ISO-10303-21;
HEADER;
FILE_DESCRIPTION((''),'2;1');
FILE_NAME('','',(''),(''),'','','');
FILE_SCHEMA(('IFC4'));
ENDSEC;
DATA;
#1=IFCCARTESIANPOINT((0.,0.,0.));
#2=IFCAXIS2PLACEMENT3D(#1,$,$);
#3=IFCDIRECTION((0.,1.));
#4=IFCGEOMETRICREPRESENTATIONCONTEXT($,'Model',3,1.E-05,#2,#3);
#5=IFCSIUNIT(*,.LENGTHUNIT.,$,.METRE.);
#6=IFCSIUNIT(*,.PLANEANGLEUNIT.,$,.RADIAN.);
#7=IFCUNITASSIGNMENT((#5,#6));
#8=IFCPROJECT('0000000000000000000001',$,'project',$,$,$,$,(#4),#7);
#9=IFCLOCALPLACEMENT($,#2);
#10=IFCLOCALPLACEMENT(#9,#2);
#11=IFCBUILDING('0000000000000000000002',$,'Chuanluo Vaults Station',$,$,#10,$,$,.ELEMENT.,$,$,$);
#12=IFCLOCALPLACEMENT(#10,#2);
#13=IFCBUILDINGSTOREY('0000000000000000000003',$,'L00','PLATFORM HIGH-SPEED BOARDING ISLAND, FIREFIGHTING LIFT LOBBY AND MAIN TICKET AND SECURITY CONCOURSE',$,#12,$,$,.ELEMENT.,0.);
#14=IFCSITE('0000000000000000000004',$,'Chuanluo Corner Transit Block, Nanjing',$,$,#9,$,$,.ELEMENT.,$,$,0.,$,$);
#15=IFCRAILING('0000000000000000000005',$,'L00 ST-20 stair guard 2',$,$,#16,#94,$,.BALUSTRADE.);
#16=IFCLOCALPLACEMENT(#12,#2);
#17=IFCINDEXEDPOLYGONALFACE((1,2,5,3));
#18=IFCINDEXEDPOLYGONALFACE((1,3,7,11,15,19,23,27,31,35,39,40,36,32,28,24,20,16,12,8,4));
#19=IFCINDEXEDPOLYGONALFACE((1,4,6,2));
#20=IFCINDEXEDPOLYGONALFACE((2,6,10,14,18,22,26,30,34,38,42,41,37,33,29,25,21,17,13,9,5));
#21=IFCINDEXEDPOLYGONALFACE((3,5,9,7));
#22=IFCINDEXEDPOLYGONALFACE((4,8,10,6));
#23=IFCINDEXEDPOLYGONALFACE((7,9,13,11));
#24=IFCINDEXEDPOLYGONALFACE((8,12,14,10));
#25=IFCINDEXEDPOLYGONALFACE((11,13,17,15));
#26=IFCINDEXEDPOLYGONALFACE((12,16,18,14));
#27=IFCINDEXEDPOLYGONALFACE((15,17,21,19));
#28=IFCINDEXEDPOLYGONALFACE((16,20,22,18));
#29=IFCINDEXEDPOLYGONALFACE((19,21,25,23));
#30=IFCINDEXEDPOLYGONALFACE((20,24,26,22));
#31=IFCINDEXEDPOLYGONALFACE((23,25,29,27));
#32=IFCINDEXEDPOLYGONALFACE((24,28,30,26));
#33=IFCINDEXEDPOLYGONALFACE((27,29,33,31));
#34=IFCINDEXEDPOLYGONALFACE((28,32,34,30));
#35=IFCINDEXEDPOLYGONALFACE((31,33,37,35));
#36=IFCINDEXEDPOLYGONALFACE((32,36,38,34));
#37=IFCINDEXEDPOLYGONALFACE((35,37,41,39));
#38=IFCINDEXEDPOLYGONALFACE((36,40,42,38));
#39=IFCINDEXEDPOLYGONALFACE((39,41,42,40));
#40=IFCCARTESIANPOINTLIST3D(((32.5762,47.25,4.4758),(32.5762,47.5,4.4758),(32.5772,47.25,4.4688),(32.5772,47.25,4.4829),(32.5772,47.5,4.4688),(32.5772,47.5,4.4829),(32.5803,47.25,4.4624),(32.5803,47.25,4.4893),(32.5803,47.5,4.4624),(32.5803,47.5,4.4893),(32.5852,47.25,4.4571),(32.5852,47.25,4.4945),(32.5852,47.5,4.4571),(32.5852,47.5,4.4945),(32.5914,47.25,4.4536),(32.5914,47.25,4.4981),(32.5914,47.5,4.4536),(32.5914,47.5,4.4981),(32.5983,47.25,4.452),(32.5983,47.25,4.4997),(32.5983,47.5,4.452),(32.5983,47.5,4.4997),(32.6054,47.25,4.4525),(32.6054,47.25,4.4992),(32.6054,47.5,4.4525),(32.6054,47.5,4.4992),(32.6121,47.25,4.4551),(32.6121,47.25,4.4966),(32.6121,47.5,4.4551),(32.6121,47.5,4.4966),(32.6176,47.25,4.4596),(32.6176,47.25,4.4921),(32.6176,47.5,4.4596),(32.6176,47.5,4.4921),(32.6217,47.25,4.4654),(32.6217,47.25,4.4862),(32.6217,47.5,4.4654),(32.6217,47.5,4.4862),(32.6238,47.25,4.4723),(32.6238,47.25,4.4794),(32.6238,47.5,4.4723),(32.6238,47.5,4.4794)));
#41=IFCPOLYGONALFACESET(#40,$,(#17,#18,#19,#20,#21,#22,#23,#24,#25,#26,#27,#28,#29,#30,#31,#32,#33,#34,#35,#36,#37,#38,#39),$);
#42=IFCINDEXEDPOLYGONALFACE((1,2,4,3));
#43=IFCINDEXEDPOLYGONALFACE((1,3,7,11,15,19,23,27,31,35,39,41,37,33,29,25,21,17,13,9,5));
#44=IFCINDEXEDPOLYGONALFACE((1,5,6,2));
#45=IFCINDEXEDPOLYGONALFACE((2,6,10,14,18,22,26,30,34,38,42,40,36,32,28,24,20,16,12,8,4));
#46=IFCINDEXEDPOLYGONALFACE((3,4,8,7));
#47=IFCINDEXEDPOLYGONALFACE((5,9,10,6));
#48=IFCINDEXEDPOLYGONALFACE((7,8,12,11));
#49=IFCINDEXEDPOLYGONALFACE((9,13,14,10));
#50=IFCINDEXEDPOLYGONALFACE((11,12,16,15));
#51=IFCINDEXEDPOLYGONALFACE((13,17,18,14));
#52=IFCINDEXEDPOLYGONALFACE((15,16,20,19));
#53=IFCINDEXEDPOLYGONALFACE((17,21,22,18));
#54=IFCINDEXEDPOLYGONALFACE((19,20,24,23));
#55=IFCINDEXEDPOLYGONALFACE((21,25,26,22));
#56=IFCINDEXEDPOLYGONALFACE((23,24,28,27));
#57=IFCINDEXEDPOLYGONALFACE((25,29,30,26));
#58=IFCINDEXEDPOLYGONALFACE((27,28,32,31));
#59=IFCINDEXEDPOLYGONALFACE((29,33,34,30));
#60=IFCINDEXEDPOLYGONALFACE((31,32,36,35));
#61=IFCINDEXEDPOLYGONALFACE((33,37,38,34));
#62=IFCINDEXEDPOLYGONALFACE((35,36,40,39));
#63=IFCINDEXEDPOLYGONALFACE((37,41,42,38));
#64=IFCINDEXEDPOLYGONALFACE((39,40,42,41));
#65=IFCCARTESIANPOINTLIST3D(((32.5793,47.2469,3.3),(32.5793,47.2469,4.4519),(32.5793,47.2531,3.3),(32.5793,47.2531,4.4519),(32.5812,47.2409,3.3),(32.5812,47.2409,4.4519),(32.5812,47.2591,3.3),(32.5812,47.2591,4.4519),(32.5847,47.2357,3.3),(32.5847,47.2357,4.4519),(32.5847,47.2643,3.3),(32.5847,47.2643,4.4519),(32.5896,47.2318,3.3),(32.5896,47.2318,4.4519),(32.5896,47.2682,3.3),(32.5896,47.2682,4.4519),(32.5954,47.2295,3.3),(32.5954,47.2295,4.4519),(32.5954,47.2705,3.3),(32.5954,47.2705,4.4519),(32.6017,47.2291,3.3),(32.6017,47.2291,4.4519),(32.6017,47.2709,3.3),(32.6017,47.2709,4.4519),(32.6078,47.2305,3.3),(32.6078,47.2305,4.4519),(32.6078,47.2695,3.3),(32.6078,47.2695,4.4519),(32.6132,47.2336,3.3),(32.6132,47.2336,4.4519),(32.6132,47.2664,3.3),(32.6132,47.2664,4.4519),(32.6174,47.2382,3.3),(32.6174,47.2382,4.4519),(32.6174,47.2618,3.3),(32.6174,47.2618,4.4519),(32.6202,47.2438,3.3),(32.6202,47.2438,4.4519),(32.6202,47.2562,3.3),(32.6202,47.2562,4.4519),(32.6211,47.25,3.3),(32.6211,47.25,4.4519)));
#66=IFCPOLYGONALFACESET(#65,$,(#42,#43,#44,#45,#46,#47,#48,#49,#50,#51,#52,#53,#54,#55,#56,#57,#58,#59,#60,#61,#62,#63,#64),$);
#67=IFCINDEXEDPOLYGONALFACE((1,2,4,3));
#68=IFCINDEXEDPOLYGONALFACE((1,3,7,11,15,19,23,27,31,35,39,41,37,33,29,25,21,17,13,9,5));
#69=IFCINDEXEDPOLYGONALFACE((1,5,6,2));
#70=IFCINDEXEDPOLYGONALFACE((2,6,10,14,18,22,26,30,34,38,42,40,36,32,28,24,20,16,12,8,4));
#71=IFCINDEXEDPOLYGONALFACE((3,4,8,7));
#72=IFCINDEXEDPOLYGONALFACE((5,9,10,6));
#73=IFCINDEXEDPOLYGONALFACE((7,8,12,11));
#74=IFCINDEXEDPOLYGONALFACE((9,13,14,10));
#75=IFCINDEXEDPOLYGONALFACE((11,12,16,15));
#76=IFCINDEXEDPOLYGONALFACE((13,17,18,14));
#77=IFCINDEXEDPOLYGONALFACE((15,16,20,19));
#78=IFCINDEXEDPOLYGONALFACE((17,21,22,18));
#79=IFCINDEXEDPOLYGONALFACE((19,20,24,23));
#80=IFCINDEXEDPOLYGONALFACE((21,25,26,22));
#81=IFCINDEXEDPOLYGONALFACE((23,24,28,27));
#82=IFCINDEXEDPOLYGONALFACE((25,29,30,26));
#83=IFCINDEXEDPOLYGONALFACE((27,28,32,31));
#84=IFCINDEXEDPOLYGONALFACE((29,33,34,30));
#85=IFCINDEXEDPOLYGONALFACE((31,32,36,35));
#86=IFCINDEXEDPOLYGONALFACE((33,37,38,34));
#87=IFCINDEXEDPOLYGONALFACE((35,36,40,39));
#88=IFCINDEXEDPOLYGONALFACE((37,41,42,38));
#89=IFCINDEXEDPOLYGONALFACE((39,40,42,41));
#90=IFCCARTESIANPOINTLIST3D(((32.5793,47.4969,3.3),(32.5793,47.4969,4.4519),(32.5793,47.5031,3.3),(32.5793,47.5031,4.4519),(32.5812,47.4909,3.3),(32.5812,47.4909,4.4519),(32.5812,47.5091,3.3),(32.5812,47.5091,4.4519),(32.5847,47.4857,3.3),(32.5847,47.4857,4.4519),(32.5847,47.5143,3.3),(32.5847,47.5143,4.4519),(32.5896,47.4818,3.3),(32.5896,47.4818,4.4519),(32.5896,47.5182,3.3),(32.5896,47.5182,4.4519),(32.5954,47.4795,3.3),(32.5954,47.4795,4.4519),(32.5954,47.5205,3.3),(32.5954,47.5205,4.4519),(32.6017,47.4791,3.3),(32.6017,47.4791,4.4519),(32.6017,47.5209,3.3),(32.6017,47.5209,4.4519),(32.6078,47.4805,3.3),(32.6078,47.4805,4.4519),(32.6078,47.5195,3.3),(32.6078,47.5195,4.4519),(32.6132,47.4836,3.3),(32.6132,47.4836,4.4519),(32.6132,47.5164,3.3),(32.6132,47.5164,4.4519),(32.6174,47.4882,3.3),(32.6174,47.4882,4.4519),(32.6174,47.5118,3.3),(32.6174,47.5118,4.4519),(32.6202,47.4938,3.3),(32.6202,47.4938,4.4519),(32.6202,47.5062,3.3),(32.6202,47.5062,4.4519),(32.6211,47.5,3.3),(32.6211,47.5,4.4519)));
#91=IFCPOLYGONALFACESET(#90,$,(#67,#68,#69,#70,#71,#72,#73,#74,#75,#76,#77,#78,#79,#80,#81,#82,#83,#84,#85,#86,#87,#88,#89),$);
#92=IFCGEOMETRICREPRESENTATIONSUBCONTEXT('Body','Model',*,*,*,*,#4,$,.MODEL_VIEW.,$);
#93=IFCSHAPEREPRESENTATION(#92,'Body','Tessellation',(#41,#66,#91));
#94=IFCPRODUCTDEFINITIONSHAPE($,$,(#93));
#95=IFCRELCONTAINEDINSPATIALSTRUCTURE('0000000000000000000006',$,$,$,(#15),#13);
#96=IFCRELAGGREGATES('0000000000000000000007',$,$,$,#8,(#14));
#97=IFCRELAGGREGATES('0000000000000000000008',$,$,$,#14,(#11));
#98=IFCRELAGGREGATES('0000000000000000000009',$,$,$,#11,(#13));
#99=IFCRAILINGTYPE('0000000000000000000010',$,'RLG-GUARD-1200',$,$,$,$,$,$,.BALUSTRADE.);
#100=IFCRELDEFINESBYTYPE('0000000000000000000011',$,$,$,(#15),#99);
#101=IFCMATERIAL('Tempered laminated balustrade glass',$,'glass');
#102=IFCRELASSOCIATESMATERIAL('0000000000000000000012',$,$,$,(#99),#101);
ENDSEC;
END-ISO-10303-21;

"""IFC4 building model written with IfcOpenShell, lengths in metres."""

from ifc_helpers import new_model, si_unit, direction, frame, origin, origin_2d, place, context, subcontext, project, spatial, circle, extrude, material, type_object, element, save


model = new_model("IFC4")

# Units and contexts
model_context = context("Model", 3, precision=1e-05, world=origin(), true_north=direction((0.0, 1.0)))
body_context = subcontext(model_context, "Body", "Model", "MODEL_VIEW")
ifc_project = project(units=[si_unit("LENGTHUNIT", "METRE"), si_unit("PLANEANGLEUNIT", "RADIAN")], contexts=[model_context])

# Site, building, storey
site_placement = place(None, origin())
site = spatial("IfcSite", under=ifc_project, at=site_placement, Name="Chuanluo Corner Transit Block, Nanjing", CompositionType="ELEMENT", RefElevation=0.0)
building_placement = place(site_placement, origin())
building = spatial("IfcBuilding", under=site, at=building_placement, Name="Chuanluo Vaults Station", CompositionType="ELEMENT")
storey_placement = place(building_placement, origin())
storey = spatial("IfcBuildingStorey", under=building, at=storey_placement, Name="L00", Description="PLATFORM HIGH-SPEED BOARDING ISLAND, FIREFIGHTING LIFT LOBBY AND MAIN TICKET AND SECURITY CONCOURSE", CompositionType="ELEMENT", Elevation=0.0)

# Railing
ifc_material_1 = material(Name="Tempered laminated balustrade glass", Category="glass")
railing_type_1 = type_object("IfcRailingType", Name="RLG-GUARD-1200", PredefinedType="BALUSTRADE", material=ifc_material_1)
railing_1_placement = place(storey_placement, frame((32.6001, 47.25, 3.3)))
element("IfcRailing", 1, at=railing_1_placement, inside=storey, type_object=railing_type_1, Name="L00 ST-20 stair guard 2", PredefinedType="BALUSTRADE", context=body_context, shape_type="SweptSolid", body=[
    extrude(circle(Radius=0.0239, at=origin_2d()), frame((0.0, 0.0, 1.1758), z_axis=(0.0, 1.0, 0.0), x_axis=(-1.0, 0.0, 0.0)), (0.0, 0.0, 1.0), 0.25),
    extrude(circle(Radius=0.021, at=origin_2d()), origin(), (0.0, 0.0, 1.0), 1.1519),
    extrude(circle(Radius=0.021, at=origin_2d()), frame((0.0, 0.25, 0.0)), (0.0, 0.0, 1.0), 1.1519),
])

save(model, "model.ifc")
